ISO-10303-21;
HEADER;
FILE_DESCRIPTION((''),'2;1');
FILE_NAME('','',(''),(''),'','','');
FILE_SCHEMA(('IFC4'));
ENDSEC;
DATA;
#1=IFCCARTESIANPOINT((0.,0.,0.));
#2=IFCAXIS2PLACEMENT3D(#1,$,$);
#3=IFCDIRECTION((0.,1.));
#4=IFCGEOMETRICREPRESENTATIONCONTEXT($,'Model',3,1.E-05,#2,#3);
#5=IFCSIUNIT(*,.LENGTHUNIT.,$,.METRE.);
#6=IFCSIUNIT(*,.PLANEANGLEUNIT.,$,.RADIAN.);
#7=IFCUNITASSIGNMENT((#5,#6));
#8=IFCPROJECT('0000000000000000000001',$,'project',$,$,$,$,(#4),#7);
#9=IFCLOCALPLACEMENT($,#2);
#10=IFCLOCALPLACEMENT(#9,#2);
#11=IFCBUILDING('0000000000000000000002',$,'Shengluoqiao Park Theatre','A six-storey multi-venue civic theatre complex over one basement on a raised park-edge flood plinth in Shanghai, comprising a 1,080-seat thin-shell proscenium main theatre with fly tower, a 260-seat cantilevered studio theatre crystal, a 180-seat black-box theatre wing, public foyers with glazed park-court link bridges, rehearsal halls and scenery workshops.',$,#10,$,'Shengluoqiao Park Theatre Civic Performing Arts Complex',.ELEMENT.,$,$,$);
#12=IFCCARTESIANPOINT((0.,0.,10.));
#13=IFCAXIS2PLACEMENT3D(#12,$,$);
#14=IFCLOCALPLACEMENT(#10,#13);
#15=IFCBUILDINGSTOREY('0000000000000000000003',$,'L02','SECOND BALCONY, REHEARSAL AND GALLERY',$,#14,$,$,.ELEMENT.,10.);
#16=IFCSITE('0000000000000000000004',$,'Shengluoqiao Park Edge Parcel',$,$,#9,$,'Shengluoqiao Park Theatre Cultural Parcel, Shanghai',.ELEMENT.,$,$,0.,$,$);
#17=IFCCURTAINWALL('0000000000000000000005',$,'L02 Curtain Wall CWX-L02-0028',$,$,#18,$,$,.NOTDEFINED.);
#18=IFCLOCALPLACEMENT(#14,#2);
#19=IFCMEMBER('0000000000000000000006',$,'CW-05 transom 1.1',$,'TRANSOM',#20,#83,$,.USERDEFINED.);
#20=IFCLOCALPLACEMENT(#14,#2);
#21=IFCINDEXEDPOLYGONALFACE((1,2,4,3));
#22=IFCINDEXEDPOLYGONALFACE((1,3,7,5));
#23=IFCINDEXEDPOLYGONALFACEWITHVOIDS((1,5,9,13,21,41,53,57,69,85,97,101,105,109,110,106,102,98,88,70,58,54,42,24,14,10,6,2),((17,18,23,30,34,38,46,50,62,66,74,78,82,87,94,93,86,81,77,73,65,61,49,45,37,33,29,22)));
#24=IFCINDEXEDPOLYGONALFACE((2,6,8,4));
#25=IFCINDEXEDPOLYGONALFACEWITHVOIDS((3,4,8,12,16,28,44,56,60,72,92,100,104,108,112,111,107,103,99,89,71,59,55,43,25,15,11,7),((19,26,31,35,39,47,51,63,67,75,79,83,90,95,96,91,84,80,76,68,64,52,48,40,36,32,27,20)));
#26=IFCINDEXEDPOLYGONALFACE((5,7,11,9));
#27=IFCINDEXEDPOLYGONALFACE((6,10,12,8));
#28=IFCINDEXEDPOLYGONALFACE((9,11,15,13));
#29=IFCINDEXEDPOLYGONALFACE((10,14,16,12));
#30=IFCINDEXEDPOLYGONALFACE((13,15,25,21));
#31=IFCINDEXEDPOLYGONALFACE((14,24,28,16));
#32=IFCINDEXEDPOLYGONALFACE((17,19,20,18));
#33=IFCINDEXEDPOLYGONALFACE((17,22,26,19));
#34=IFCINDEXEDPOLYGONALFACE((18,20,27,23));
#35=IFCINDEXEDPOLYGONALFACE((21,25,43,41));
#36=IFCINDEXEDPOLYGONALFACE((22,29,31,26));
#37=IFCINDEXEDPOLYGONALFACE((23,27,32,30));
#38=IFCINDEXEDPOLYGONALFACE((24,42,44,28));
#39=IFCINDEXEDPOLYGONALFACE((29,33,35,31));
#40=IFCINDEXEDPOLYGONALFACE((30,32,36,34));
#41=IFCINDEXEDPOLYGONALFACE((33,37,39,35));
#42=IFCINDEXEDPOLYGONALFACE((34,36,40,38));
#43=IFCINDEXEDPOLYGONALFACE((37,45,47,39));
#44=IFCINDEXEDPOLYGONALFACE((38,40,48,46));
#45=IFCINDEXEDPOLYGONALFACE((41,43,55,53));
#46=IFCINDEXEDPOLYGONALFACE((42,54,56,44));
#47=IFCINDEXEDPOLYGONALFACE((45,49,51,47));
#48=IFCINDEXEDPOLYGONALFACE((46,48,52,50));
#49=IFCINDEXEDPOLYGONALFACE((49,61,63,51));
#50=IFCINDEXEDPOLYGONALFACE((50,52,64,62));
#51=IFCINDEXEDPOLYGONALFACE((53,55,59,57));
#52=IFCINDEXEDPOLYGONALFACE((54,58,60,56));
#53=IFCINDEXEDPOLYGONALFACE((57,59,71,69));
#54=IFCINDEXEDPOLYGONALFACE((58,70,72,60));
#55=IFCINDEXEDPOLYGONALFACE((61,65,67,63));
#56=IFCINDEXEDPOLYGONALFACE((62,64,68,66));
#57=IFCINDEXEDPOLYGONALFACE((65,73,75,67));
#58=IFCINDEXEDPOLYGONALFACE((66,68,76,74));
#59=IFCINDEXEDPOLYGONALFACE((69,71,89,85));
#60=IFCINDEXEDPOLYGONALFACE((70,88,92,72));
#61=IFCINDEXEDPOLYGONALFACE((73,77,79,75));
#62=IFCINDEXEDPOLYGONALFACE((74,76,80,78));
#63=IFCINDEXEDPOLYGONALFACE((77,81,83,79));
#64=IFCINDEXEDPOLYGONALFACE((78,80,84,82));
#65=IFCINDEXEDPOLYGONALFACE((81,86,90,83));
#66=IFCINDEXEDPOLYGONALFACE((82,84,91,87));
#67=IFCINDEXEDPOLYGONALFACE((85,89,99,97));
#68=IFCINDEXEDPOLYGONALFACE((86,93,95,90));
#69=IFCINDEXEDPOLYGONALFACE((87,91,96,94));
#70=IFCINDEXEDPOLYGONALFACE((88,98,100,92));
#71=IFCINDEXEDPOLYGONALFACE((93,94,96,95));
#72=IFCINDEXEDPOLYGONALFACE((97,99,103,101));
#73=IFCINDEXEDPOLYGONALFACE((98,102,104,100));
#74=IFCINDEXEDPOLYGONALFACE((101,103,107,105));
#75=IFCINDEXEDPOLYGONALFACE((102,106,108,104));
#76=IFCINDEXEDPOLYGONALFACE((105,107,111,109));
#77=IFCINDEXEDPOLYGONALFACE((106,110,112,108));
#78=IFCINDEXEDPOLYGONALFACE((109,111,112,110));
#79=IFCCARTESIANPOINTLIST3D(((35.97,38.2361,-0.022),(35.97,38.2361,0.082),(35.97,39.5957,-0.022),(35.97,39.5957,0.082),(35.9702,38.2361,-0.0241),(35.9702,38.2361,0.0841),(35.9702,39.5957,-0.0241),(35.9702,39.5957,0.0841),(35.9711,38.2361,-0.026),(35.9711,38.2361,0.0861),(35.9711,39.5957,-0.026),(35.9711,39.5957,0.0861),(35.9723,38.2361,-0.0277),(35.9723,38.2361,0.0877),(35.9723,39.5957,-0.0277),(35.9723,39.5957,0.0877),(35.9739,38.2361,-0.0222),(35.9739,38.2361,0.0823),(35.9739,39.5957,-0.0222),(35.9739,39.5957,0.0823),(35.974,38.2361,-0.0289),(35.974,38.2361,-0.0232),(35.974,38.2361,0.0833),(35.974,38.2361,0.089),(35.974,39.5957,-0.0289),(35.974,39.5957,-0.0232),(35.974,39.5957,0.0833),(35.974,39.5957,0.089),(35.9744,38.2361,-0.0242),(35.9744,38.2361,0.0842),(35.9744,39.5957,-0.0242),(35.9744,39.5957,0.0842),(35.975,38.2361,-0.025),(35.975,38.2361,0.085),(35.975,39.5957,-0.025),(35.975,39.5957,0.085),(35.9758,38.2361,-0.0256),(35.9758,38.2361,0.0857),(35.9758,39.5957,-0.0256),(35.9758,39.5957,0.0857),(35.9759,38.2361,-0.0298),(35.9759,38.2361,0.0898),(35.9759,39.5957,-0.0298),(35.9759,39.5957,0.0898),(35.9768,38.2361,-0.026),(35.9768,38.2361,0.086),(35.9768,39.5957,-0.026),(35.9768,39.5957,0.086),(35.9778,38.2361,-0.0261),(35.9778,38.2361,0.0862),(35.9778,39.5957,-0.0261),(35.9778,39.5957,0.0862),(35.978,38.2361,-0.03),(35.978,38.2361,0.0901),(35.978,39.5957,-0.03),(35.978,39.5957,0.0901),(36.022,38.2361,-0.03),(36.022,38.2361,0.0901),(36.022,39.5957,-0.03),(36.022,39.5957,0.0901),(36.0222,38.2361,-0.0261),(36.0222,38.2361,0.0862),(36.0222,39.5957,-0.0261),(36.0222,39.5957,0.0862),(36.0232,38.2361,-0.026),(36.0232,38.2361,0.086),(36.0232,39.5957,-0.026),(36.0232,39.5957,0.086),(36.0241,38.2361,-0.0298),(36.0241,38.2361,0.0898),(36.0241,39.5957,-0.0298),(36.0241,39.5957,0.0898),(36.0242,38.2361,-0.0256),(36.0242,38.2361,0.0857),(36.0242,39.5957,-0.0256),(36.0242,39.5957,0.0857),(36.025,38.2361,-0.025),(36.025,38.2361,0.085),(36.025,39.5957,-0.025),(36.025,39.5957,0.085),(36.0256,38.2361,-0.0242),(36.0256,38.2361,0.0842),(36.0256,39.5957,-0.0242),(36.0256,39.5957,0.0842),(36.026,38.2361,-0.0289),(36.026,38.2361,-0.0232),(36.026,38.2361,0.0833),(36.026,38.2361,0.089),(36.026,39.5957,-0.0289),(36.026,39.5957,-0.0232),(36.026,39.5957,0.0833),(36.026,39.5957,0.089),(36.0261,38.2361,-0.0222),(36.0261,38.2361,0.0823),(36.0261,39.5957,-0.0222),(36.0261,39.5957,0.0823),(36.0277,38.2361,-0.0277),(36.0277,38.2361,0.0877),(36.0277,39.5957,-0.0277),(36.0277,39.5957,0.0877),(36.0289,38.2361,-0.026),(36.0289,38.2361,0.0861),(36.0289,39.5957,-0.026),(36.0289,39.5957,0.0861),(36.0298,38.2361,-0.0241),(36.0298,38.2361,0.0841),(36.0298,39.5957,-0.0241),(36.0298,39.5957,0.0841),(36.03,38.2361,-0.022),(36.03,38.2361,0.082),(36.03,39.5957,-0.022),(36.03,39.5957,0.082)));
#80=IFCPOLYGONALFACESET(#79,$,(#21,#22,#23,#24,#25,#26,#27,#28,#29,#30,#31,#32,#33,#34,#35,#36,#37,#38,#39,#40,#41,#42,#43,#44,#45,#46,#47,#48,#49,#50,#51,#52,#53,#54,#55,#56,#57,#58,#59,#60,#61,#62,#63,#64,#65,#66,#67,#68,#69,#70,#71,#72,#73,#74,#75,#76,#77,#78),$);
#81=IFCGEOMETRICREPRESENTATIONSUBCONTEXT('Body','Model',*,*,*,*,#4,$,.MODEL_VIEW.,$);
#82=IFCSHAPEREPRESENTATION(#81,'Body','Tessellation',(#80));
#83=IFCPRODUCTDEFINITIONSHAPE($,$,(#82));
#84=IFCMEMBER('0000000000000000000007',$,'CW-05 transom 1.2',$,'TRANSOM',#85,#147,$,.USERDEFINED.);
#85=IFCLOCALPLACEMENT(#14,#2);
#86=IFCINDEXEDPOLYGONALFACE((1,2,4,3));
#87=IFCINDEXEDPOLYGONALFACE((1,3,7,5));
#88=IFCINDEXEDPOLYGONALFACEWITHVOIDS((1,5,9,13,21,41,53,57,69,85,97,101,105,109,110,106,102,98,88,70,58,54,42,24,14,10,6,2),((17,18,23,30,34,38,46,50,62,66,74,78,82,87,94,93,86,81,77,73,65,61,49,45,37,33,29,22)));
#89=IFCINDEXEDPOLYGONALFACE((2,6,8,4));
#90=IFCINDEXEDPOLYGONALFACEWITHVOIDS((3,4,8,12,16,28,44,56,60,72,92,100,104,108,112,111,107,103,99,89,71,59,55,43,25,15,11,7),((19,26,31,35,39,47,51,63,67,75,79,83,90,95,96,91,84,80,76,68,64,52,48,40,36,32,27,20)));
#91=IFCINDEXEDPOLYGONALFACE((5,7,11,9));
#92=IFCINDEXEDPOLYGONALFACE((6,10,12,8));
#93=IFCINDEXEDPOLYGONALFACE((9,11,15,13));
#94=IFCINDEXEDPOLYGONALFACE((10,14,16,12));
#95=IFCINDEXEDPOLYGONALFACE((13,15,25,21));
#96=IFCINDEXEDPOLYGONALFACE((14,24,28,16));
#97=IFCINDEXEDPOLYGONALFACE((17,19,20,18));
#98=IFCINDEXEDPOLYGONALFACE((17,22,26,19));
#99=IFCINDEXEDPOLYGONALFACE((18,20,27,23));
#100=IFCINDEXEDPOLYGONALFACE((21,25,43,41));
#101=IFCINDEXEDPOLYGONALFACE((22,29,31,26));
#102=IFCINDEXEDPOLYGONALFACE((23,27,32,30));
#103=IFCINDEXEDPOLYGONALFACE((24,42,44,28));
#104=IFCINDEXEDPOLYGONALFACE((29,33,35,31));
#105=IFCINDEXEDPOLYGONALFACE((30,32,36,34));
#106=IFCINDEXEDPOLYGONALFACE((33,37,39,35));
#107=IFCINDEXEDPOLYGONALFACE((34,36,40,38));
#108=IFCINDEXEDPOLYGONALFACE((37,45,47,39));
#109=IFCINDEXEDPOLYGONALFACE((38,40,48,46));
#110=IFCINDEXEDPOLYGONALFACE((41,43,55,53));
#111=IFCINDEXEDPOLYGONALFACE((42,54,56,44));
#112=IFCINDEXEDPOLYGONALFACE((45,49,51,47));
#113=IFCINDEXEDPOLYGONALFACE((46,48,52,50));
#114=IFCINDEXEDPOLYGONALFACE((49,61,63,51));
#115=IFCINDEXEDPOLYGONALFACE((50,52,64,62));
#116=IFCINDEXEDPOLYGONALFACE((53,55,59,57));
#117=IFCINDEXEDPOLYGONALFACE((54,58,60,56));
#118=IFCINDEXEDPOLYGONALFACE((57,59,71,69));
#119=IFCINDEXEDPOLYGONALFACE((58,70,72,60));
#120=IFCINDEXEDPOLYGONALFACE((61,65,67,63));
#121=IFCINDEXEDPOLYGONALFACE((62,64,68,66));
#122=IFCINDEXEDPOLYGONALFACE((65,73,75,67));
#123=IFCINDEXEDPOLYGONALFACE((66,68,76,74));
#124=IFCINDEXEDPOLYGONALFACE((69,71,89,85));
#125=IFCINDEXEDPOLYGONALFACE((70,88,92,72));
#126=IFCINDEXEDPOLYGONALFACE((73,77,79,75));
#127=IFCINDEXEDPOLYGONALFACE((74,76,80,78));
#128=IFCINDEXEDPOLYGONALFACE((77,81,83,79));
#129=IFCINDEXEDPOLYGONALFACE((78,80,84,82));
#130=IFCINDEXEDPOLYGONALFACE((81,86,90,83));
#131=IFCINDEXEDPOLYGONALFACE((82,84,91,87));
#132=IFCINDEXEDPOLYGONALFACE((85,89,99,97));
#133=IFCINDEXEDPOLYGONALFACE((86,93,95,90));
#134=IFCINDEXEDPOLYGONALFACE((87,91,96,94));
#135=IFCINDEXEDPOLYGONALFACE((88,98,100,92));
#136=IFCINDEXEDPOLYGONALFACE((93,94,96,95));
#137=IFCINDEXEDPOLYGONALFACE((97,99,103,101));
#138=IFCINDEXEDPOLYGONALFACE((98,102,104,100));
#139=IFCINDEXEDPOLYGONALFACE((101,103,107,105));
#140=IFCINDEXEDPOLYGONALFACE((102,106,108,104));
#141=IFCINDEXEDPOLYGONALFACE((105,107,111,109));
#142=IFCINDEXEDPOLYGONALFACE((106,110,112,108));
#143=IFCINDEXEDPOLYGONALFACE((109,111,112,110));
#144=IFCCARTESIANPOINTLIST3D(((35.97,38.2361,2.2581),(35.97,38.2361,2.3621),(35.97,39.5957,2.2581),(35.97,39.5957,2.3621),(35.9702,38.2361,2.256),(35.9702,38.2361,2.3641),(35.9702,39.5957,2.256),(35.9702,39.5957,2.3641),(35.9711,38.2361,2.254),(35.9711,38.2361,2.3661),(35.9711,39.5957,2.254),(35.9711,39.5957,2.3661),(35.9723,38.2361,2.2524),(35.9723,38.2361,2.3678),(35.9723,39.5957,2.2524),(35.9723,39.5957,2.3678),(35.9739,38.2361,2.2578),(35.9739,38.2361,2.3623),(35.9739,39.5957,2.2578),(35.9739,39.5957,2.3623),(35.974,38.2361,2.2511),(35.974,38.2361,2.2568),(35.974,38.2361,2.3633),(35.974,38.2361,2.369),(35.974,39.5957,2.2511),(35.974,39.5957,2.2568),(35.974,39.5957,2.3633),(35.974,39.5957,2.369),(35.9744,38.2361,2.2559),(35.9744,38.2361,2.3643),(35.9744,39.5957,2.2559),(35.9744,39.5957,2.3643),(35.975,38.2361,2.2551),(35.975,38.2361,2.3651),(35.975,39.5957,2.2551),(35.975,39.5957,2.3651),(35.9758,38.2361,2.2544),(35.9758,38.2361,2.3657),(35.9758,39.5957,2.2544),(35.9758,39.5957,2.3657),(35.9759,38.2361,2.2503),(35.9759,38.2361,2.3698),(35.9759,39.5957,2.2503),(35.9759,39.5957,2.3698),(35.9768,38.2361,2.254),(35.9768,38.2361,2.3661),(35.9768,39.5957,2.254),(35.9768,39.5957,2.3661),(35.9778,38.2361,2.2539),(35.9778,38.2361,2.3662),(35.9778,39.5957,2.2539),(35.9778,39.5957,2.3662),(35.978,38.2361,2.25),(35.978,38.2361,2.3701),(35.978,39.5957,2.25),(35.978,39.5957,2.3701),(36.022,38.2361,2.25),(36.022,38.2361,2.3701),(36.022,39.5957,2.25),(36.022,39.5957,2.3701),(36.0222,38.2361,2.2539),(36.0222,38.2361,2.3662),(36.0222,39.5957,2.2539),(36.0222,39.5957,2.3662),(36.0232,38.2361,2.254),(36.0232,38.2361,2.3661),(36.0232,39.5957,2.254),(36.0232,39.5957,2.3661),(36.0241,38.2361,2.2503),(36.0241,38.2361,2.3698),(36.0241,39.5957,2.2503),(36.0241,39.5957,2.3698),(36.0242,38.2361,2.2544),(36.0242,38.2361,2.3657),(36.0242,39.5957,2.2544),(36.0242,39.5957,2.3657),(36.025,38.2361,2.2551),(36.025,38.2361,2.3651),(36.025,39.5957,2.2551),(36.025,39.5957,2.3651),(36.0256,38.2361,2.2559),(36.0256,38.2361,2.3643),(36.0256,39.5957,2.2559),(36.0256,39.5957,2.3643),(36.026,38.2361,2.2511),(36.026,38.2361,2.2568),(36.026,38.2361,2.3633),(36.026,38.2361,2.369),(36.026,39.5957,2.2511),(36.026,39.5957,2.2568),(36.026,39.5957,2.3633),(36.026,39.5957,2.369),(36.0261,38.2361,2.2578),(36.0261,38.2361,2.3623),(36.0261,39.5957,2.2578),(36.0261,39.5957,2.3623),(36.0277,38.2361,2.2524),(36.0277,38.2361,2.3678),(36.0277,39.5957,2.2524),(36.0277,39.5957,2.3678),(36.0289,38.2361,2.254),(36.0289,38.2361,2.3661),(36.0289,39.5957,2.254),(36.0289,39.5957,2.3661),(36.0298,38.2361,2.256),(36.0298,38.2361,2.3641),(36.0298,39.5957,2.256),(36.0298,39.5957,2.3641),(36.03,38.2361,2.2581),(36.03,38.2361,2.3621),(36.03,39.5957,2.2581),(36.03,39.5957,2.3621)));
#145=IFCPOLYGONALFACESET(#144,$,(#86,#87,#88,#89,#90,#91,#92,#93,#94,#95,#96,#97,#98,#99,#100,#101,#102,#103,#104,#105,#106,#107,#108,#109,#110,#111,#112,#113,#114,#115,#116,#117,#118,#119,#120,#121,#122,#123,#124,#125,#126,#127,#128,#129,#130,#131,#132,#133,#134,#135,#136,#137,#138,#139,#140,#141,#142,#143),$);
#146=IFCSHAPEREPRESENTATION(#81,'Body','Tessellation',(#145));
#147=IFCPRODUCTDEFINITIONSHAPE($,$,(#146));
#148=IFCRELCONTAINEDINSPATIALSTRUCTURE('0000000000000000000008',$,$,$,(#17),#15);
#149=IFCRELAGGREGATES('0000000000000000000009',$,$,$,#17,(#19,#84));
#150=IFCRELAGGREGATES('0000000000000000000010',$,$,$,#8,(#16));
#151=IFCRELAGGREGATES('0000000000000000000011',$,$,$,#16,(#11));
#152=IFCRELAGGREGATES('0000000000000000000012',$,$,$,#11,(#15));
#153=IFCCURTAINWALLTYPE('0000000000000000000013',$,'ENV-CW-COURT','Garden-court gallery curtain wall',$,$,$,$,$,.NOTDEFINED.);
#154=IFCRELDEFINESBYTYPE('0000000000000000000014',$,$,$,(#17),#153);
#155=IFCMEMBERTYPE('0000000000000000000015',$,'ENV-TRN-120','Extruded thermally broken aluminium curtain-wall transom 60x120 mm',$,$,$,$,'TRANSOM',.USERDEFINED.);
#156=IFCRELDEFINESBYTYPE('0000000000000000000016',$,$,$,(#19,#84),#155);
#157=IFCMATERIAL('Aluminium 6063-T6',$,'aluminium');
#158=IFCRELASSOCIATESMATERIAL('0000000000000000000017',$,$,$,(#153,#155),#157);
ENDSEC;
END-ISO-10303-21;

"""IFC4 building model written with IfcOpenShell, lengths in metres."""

from ifc_helpers import new_model, si_unit, direction, frame, origin, origin_2d, place, context, subcontext, project, spatial, hollow_rectangle, extrude, material, material_profile, profile_set, type_object, element, aggregate, save


model = new_model("IFC4")

# Units and contexts
model_context = context("Model", 3, precision=1e-05, world=origin(), true_north=direction((0.0, 1.0)))
body_context = subcontext(model_context, "Body", "Model", "MODEL_VIEW")
ifc_project = project(units=[si_unit("LENGTHUNIT", "METRE"), si_unit("PLANEANGLEUNIT", "RADIAN")], contexts=[model_context])

# Site, building, storey
site_placement = place(None, origin())
site = spatial("IfcSite", under=ifc_project, at=site_placement, Name="Shengluoqiao Park Edge Parcel", LongName="Shengluoqiao Park Theatre Cultural Parcel, Shanghai", CompositionType="ELEMENT", RefElevation=0.0)
building_placement = place(site_placement, origin())
building = spatial("IfcBuilding", under=site, at=building_placement, Name="Shengluoqiao Park Theatre", Description="A six-storey multi-venue civic theatre complex over one basement on a raised park-edge flood plinth in Shanghai, comprising a 1,080-seat thin-shell proscenium main theatre with fly tower, a 260-seat cantilevered studio theatre crystal, a 180-seat black-box theatre wing, public foyers with glazed park-court link bridges, rehearsal halls and scenery workshops.", LongName="Shengluoqiao Park Theatre Civic Performing Arts Complex", CompositionType="ELEMENT")
storey_placement = place(building_placement, frame((0.0, 0.0, 10.0)))
storey = spatial("IfcBuildingStorey", under=building, at=storey_placement, Name="L02", Description="SECOND BALCONY, REHEARSAL AND GALLERY", CompositionType="ELEMENT", Elevation=10.0)

# Shared definitions
ifc_material_1 = material(Name="Aluminium 6063-T6", Category="aluminium")
curtain_wall_type = type_object("IfcCurtainWallType", Name="ENV-CW-COURT", Description="Garden-court gallery curtain wall", PredefinedType="NOTDEFINED", material=ifc_material_1)

# Curtain wall, members
curtain_wall_1_placement = place(storey_placement, origin())
curtain_wall_1 = element("IfcCurtainWall", 1, at=curtain_wall_1_placement, inside=storey, type_object=curtain_wall_type, Name="L02 Curtain Wall CWX-L02-0028", PredefinedType="NOTDEFINED")
ifc_material_profile_1 = material_profile(ifc_material_1, hollow_rectangle(XDim=0.0601, YDim=0.1201, WallThickness=0.0039, InnerFilletRadius=0.0039, OuterFilletRadius=0.0081, at=origin_2d()), Name="ALU TRANSOM 120x60x4")
ifc_profile_set_1 = profile_set([ifc_material_profile_1], Name="Aluminium 6063-T6")
member_type_1 = type_object("IfcMemberType", Name="ENV-TRN-120", Description="Extruded thermally broken aluminium curtain-wall transom 60x120 mm", ElementType="TRANSOM", PredefinedType="USERDEFINED", material=ifc_profile_set_1)
member_1_placement = place(storey_placement, frame((36.0, 38.2361, 0.03), z_axis=(0.0, 1.0, 0.0), x_axis=(-1.0, 0.0, 0.0)))
member_1 = element("IfcMember", 2, at=member_1_placement, type_object=member_type_1, Name="CW-05 transom 1.1", ObjectType="TRANSOM", PredefinedType="USERDEFINED", context=body_context, shape_type="SweptSolid", body=[
    extrude(hollow_rectangle(XDim=0.0601, YDim=0.1201, WallThickness=0.0039, InnerFilletRadius=0.0039, OuterFilletRadius=0.0081, at=origin_2d()), origin(), (0.0, 0.0, 1.0), 1.3596),
])
member_2_placement = place(storey_placement, frame((36.0, 38.2361, 2.3101), z_axis=(0.0, 1.0, 0.0), x_axis=(-1.0, 0.0, 0.0)))
member_2 = element("IfcMember", 3, at=member_2_placement, type_object=member_type_1, Name="CW-05 transom 1.2", ObjectType="TRANSOM", PredefinedType="USERDEFINED", context=body_context, shape_type="SweptSolid", body=[
    extrude(hollow_rectangle(XDim=0.0601, YDim=0.1201, WallThickness=0.0039, InnerFilletRadius=0.0039, OuterFilletRadius=0.0081, at=origin_2d()), origin(), (0.0, 0.0, 1.0), 1.3596),
])

aggregate(curtain_wall_1, [member_1, member_2])

save(model, "model.ifc")
